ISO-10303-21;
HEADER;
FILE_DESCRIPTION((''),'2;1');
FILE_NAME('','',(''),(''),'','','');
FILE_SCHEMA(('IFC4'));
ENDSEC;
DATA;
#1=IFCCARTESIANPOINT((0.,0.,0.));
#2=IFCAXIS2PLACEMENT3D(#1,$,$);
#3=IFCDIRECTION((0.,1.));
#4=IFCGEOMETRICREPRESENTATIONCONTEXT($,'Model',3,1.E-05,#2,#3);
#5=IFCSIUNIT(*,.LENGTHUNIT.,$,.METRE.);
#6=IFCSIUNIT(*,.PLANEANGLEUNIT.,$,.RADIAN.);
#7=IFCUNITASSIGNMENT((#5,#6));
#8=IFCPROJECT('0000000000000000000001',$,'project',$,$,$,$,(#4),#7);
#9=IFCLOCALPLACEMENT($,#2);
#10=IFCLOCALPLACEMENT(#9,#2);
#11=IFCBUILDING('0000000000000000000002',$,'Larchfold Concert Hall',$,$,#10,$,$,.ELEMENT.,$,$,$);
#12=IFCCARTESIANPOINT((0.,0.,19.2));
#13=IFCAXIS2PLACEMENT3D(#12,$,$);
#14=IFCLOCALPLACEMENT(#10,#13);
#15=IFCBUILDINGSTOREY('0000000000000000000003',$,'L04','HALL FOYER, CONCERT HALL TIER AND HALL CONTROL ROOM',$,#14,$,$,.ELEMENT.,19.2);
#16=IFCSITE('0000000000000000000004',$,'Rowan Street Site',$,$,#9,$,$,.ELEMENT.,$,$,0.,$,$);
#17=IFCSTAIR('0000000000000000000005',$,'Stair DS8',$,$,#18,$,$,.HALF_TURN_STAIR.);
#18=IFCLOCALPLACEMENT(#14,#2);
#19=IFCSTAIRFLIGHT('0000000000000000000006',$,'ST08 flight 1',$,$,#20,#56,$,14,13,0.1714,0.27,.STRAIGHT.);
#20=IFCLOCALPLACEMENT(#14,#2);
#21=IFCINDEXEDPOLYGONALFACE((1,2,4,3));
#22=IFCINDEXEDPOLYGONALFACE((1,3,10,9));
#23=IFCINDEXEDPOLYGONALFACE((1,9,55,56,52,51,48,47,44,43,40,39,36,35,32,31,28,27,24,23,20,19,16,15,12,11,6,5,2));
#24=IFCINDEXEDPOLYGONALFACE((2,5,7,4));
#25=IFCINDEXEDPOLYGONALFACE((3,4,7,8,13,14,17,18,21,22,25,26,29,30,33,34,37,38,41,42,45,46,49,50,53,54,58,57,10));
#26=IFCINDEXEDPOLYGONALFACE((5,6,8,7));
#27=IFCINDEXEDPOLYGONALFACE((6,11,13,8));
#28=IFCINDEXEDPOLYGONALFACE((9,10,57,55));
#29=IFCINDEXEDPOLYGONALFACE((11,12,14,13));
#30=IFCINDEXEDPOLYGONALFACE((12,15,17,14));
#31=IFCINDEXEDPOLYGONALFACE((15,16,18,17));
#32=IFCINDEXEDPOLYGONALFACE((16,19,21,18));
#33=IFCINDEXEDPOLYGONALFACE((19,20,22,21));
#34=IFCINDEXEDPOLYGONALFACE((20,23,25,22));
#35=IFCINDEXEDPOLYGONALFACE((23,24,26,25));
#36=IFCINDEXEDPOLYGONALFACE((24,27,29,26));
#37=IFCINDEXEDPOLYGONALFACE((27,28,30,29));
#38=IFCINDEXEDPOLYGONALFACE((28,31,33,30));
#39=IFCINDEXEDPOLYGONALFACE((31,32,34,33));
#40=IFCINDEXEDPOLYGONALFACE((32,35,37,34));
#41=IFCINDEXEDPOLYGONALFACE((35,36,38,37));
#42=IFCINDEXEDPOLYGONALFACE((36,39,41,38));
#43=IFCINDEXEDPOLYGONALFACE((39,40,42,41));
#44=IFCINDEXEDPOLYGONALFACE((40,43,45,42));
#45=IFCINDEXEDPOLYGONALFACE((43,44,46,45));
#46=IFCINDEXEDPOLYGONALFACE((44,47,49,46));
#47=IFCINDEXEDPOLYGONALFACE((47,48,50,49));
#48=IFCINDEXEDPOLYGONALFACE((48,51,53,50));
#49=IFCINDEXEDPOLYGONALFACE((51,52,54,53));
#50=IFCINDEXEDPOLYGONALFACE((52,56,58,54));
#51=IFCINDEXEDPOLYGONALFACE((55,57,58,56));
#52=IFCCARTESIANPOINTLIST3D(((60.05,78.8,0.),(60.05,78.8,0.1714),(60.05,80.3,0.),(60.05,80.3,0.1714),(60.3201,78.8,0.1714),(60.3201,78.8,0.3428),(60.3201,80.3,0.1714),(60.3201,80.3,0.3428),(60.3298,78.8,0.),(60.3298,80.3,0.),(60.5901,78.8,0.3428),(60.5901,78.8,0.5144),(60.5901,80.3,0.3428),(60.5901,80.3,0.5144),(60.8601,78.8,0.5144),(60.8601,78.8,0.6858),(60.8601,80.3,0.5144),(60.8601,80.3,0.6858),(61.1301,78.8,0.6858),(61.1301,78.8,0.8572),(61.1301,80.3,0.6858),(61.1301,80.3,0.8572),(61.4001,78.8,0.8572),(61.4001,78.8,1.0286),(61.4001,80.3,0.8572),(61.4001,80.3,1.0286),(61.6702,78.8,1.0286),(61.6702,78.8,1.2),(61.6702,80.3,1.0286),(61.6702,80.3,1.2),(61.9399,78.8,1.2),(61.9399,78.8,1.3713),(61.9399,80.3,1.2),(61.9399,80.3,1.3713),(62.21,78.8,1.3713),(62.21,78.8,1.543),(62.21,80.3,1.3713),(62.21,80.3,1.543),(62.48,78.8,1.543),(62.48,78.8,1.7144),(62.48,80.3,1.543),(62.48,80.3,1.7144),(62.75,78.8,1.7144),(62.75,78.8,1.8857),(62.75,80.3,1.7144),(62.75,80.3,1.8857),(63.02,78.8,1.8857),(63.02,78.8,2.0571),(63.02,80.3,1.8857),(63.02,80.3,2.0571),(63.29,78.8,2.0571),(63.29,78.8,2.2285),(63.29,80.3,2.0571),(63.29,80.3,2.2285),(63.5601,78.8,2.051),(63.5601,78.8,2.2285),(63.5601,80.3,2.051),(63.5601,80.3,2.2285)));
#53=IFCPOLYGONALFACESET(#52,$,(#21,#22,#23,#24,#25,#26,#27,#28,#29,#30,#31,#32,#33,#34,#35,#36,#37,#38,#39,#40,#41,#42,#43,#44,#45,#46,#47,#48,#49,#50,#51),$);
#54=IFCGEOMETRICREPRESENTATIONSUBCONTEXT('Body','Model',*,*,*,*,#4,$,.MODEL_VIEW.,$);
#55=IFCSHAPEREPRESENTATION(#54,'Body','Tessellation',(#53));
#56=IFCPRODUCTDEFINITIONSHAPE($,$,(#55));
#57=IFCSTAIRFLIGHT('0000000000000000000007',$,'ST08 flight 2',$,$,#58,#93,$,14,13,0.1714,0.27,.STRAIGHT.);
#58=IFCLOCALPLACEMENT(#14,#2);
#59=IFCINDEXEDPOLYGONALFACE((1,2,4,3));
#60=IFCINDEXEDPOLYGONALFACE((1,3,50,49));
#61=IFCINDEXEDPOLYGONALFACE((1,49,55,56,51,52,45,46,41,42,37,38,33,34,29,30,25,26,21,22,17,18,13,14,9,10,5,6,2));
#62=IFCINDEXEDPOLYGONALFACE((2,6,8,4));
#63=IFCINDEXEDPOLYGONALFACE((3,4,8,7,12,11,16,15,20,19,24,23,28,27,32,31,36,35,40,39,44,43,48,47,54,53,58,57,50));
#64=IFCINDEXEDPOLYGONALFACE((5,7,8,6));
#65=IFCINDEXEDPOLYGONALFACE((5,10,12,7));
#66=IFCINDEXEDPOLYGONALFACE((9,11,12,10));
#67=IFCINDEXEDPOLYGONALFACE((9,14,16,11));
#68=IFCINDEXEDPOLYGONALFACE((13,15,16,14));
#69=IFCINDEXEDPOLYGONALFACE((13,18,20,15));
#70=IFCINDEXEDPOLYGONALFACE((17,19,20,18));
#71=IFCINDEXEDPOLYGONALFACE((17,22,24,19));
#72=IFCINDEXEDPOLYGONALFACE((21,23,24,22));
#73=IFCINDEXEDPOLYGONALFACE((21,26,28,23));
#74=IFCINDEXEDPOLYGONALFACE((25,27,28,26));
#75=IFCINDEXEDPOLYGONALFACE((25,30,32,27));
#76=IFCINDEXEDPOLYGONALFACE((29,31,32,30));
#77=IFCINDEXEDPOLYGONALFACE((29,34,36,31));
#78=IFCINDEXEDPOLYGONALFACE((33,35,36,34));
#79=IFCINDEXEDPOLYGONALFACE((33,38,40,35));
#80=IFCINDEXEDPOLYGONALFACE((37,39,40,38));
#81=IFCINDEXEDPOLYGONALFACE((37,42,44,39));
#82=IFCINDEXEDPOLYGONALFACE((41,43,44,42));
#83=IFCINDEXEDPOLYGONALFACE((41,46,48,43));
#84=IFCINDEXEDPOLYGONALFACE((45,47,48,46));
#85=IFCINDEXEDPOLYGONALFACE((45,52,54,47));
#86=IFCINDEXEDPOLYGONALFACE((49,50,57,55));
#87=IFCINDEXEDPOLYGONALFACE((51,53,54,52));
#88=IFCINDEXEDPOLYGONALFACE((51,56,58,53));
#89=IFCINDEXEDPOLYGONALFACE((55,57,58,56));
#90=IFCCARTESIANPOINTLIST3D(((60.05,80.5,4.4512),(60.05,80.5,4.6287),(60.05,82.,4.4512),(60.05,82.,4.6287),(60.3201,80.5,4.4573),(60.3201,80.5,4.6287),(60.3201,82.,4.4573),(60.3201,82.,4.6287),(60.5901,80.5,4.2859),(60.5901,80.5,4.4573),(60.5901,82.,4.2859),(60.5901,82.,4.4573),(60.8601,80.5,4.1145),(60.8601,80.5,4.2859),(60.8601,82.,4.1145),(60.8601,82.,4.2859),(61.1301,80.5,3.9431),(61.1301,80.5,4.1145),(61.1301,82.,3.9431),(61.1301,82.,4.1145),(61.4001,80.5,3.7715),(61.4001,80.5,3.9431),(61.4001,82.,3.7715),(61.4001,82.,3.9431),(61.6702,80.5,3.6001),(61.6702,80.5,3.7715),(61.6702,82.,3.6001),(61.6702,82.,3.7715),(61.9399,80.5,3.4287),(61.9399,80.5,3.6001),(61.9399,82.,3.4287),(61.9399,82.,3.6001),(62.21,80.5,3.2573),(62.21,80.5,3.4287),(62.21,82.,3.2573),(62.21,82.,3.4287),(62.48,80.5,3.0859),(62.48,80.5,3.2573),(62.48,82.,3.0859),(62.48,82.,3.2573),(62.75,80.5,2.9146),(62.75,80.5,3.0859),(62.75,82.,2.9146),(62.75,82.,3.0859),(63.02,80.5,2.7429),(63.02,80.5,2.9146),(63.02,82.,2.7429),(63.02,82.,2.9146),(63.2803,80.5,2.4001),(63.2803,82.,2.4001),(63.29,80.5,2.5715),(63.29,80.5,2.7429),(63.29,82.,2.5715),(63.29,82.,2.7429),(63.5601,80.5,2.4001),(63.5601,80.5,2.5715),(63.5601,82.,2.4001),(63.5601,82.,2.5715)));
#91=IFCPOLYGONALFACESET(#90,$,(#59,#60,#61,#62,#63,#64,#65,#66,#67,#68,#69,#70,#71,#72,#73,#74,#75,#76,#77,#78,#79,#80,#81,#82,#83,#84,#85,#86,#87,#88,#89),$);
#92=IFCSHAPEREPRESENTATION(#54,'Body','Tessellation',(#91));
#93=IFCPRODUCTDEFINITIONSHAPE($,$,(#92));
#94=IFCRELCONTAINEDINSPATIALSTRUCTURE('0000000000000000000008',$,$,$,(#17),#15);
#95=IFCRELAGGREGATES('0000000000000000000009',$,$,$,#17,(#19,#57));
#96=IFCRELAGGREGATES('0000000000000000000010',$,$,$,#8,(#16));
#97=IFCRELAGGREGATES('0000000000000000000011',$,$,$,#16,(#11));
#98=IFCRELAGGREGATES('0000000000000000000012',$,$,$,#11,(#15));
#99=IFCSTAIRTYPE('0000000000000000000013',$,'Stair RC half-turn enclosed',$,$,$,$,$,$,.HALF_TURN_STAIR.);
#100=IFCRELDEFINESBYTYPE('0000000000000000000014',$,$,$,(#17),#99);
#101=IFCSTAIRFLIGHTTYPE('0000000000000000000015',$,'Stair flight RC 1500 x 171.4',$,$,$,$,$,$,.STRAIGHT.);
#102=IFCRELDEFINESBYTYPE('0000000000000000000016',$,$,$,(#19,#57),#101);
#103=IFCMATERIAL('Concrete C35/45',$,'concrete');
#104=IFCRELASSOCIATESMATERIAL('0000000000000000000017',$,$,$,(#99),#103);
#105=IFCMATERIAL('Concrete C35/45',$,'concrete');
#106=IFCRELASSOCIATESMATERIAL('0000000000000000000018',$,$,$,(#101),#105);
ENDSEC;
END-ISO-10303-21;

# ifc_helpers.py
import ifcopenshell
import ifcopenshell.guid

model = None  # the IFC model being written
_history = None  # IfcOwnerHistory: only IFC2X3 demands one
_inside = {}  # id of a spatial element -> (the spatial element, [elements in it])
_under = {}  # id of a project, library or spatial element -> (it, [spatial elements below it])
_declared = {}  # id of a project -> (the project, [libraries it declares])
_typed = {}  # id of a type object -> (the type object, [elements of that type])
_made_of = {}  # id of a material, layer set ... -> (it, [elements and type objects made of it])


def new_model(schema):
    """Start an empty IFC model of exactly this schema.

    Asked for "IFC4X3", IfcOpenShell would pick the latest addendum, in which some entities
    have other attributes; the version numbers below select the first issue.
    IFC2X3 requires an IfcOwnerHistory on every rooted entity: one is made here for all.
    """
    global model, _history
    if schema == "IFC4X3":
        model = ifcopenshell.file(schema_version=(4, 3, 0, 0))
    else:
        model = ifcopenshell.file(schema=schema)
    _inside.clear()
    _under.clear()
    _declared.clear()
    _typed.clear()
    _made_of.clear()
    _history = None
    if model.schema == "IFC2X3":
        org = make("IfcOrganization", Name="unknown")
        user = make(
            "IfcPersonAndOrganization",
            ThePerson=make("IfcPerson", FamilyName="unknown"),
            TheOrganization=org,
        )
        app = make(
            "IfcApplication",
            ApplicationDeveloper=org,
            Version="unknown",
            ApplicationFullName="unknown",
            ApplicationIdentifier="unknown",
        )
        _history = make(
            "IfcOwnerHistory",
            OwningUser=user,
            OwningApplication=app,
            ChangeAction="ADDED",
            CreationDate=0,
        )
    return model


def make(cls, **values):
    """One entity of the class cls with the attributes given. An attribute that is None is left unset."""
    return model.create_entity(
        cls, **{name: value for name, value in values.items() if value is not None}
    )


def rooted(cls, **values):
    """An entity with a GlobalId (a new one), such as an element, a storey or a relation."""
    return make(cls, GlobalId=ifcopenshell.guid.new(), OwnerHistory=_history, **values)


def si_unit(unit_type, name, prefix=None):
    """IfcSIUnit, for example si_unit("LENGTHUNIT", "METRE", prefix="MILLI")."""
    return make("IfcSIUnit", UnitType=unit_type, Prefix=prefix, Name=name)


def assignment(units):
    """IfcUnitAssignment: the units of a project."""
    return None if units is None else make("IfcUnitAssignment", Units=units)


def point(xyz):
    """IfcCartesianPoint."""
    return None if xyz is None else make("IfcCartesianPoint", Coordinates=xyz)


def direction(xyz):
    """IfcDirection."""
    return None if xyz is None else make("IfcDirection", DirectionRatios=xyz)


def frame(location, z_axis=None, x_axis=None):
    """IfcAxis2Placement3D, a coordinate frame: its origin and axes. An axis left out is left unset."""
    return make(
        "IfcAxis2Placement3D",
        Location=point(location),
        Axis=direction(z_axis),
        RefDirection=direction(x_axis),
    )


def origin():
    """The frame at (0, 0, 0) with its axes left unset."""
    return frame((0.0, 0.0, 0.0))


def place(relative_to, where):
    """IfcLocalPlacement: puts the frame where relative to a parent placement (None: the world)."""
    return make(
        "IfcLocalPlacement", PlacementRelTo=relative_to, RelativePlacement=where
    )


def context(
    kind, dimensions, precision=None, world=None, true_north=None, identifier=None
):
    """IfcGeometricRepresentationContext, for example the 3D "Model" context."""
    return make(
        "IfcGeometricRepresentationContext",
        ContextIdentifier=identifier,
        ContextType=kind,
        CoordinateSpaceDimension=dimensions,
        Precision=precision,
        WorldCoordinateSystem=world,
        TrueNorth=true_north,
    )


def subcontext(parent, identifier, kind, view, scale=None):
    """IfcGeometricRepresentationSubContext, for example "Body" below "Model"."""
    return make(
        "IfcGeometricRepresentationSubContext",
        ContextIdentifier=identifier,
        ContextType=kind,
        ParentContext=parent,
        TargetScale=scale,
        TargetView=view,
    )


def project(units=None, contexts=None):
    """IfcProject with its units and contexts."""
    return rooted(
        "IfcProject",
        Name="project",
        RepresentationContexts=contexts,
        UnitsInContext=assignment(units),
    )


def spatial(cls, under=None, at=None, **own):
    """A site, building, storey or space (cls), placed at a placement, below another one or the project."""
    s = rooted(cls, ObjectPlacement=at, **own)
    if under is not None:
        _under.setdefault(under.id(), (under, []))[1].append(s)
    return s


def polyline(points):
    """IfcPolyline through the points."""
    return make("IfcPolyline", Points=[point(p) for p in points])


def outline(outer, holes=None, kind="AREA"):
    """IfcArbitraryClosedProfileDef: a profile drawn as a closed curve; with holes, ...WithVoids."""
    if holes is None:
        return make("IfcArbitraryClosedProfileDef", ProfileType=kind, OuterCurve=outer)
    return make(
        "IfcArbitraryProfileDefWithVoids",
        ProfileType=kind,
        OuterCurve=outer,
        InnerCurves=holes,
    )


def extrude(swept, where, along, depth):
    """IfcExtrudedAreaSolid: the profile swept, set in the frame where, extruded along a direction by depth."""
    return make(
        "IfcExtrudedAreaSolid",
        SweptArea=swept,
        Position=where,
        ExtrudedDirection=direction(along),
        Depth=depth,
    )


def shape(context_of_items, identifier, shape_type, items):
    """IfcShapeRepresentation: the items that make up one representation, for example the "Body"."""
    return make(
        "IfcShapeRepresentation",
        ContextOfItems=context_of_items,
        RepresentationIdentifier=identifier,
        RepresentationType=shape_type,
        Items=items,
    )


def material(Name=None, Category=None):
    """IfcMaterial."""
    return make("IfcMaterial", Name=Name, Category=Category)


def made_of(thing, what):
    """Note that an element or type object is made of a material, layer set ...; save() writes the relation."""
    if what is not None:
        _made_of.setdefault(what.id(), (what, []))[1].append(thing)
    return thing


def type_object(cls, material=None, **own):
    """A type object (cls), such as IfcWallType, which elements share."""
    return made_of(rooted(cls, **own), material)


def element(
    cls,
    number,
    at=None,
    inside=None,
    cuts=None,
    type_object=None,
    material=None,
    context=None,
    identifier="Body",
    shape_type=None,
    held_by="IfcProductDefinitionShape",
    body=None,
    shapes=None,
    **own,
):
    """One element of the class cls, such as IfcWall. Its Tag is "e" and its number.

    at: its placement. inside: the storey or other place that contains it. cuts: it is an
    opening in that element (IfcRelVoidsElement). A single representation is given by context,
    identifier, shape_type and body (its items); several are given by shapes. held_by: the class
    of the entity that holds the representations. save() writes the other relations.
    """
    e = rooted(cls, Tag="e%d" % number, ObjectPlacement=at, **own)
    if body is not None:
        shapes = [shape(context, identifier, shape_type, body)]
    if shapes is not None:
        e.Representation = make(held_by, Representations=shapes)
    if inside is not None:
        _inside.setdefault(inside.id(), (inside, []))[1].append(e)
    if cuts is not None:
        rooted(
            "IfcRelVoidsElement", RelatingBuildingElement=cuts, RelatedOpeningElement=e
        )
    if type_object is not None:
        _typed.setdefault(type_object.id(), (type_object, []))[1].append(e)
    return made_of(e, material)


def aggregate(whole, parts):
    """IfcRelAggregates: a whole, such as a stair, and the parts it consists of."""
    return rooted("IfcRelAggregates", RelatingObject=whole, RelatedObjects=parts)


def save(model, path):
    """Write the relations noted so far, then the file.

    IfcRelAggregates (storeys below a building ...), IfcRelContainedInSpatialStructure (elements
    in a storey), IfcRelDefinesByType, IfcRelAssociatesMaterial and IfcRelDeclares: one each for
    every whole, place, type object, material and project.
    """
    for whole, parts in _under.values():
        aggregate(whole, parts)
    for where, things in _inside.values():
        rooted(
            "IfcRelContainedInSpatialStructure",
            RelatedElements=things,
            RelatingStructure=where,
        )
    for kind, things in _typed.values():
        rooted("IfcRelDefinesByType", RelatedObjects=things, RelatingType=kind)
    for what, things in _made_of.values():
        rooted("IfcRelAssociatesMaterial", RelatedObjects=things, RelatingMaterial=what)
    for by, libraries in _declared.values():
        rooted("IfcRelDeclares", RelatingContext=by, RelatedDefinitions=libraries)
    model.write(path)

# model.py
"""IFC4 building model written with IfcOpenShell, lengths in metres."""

from ifc_helpers import new_model, si_unit, direction, frame, origin, place, context, subcontext, project, spatial, polyline, outline, extrude, material, type_object, element, aggregate, save


model = new_model("IFC4")

# Units and contexts
model_context = context("Model", 3, precision=1e-05, world=origin(), true_north=direction((0.0, 1.0)))
body_context = subcontext(model_context, "Body", "Model", "MODEL_VIEW")
ifc_project = project(units=[si_unit("LENGTHUNIT", "METRE"), si_unit("PLANEANGLEUNIT", "RADIAN")], contexts=[model_context])

# Site, building, storey
site_placement = place(None, origin())
site = spatial("IfcSite", under=ifc_project, at=site_placement, Name="Rowan Street Site", CompositionType="ELEMENT", RefElevation=0.0)
building_placement = place(site_placement, origin())
building = spatial("IfcBuilding", under=site, at=building_placement, Name="Larchfold Concert Hall", CompositionType="ELEMENT")
storey_placement = place(building_placement, frame((0.0, 0.0, 19.2)))
storey = spatial("IfcBuildingStorey", under=building, at=storey_placement, Name="L04", Description="HALL FOYER, CONCERT HALL TIER AND HALL CONTROL ROOM", CompositionType="ELEMENT", Elevation=19.2)

# Stair, stair flights
ifc_material_1 = material(Name="Concrete C35/45", Category="concrete")
stair_type = type_object("IfcStairType", Name="Stair RC half-turn enclosed", PredefinedType="HALF_TURN_STAIR", material=ifc_material_1)
stair_placement = place(storey_placement, origin())
stair = element("IfcStair", 1, at=stair_placement, inside=storey, type_object=stair_type, Name="Stair DS8", PredefinedType="HALF_TURN_STAIR")
ifc_material_2 = material(Name="Concrete C35/45", Category="concrete")
stair_flight_type = type_object("IfcStairFlightType", Name="Stair flight RC 1500 x 171.4", PredefinedType="STRAIGHT", material=ifc_material_2)
stair_flight_1_placement = place(storey_placement, frame((60.05, 79.55, 0.0), z_axis=(0.0, 0.0, 1.0), x_axis=(1.0, 0.0, 0.0)))
stair_flight_1 = element("IfcStairFlight", 2, at=stair_flight_1_placement, type_object=stair_flight_type, Name="ST08 flight 1", NumberOfRisers=14, NumberOfTreads=13, PredefinedType="STRAIGHT", RiserHeight=0.1714, TreadLength=0.27, context=body_context, shape_type="SweptSolid", body=[
    extrude(outline(polyline([(0.0, 0.0), (0.0, 0.1714), (0.27, 0.1714), (0.27, 0.3428), (0.54, 0.3428), (0.54, 0.5144), (0.8101, 0.5144), (0.8101, 0.6858), (1.0801, 0.6858), (1.0801, 0.8572), (1.3501, 0.8572), (1.3501, 1.0286), (1.6201, 1.0286), (1.6201, 1.2), (1.8899, 1.2), (1.8899, 1.3713), (2.1599, 1.3713), (2.1599, 1.543), (2.4299, 1.543), (2.4299, 1.7144), (2.7, 1.7144), (2.7, 1.8857), (2.97, 1.8857), (2.97, 2.0571), (3.24, 2.0571), (3.24, 2.2285), (3.51, 2.2285), (3.51, 2.3999), (3.51, 2.051), (0.2798, 0.0), (0.0, 0.0)])), frame((0.0, 0.75, 0.0), z_axis=(0.0, -1.0, 0.0), x_axis=(1.0, 0.0, 0.0)), (0.0, 0.0, 1.0), 1.5),
])
stair_flight_2_placement = place(storey_placement, frame((63.5601, 81.25, 2.4001), z_axis=(0.0, 0.0, 1.0), x_axis=(-1.0, 0.0, 0.0)))
stair_flight_2 = element("IfcStairFlight", 3, at=stair_flight_2_placement, type_object=stair_flight_type, Name="ST08 flight 2", NumberOfRisers=14, NumberOfTreads=13, PredefinedType="STRAIGHT", RiserHeight=0.1714, TreadLength=0.27, context=body_context, shape_type="SweptSolid", body=[
    extrude(outline(polyline([(0.0, 0.0), (0.0, 0.1714), (0.27, 0.1714), (0.27, 0.3428), (0.54, 0.3428), (0.54, 0.5144), (0.8101, 0.5144), (0.8101, 0.6858), (1.0801, 0.6858), (1.0801, 0.8572), (1.3501, 0.8572), (1.3501, 1.0286), (1.6201, 1.0286), (1.6201, 1.2), (1.8899, 1.2), (1.8899, 1.3713), (2.1599, 1.3713), (2.1599, 1.543), (2.4299, 1.543), (2.4299, 1.7144), (2.7, 1.7144), (2.7, 1.8857), (2.97, 1.8857), (2.97, 2.0571), (3.24, 2.0571), (3.24, 2.2285), (3.51, 2.2285), (3.51, 2.3999), (3.51, 2.051), (0.2798, 0.0), (0.0, 0.0)])), frame((0.0, 0.75, 0.0), z_axis=(0.0, -1.0, 0.0), x_axis=(1.0, 0.0, 0.0)), (0.0, 0.0, 1.0), 1.5),
])
aggregate(stair, [stair_flight_1, stair_flight_2])

save(model, "model.ifc")
